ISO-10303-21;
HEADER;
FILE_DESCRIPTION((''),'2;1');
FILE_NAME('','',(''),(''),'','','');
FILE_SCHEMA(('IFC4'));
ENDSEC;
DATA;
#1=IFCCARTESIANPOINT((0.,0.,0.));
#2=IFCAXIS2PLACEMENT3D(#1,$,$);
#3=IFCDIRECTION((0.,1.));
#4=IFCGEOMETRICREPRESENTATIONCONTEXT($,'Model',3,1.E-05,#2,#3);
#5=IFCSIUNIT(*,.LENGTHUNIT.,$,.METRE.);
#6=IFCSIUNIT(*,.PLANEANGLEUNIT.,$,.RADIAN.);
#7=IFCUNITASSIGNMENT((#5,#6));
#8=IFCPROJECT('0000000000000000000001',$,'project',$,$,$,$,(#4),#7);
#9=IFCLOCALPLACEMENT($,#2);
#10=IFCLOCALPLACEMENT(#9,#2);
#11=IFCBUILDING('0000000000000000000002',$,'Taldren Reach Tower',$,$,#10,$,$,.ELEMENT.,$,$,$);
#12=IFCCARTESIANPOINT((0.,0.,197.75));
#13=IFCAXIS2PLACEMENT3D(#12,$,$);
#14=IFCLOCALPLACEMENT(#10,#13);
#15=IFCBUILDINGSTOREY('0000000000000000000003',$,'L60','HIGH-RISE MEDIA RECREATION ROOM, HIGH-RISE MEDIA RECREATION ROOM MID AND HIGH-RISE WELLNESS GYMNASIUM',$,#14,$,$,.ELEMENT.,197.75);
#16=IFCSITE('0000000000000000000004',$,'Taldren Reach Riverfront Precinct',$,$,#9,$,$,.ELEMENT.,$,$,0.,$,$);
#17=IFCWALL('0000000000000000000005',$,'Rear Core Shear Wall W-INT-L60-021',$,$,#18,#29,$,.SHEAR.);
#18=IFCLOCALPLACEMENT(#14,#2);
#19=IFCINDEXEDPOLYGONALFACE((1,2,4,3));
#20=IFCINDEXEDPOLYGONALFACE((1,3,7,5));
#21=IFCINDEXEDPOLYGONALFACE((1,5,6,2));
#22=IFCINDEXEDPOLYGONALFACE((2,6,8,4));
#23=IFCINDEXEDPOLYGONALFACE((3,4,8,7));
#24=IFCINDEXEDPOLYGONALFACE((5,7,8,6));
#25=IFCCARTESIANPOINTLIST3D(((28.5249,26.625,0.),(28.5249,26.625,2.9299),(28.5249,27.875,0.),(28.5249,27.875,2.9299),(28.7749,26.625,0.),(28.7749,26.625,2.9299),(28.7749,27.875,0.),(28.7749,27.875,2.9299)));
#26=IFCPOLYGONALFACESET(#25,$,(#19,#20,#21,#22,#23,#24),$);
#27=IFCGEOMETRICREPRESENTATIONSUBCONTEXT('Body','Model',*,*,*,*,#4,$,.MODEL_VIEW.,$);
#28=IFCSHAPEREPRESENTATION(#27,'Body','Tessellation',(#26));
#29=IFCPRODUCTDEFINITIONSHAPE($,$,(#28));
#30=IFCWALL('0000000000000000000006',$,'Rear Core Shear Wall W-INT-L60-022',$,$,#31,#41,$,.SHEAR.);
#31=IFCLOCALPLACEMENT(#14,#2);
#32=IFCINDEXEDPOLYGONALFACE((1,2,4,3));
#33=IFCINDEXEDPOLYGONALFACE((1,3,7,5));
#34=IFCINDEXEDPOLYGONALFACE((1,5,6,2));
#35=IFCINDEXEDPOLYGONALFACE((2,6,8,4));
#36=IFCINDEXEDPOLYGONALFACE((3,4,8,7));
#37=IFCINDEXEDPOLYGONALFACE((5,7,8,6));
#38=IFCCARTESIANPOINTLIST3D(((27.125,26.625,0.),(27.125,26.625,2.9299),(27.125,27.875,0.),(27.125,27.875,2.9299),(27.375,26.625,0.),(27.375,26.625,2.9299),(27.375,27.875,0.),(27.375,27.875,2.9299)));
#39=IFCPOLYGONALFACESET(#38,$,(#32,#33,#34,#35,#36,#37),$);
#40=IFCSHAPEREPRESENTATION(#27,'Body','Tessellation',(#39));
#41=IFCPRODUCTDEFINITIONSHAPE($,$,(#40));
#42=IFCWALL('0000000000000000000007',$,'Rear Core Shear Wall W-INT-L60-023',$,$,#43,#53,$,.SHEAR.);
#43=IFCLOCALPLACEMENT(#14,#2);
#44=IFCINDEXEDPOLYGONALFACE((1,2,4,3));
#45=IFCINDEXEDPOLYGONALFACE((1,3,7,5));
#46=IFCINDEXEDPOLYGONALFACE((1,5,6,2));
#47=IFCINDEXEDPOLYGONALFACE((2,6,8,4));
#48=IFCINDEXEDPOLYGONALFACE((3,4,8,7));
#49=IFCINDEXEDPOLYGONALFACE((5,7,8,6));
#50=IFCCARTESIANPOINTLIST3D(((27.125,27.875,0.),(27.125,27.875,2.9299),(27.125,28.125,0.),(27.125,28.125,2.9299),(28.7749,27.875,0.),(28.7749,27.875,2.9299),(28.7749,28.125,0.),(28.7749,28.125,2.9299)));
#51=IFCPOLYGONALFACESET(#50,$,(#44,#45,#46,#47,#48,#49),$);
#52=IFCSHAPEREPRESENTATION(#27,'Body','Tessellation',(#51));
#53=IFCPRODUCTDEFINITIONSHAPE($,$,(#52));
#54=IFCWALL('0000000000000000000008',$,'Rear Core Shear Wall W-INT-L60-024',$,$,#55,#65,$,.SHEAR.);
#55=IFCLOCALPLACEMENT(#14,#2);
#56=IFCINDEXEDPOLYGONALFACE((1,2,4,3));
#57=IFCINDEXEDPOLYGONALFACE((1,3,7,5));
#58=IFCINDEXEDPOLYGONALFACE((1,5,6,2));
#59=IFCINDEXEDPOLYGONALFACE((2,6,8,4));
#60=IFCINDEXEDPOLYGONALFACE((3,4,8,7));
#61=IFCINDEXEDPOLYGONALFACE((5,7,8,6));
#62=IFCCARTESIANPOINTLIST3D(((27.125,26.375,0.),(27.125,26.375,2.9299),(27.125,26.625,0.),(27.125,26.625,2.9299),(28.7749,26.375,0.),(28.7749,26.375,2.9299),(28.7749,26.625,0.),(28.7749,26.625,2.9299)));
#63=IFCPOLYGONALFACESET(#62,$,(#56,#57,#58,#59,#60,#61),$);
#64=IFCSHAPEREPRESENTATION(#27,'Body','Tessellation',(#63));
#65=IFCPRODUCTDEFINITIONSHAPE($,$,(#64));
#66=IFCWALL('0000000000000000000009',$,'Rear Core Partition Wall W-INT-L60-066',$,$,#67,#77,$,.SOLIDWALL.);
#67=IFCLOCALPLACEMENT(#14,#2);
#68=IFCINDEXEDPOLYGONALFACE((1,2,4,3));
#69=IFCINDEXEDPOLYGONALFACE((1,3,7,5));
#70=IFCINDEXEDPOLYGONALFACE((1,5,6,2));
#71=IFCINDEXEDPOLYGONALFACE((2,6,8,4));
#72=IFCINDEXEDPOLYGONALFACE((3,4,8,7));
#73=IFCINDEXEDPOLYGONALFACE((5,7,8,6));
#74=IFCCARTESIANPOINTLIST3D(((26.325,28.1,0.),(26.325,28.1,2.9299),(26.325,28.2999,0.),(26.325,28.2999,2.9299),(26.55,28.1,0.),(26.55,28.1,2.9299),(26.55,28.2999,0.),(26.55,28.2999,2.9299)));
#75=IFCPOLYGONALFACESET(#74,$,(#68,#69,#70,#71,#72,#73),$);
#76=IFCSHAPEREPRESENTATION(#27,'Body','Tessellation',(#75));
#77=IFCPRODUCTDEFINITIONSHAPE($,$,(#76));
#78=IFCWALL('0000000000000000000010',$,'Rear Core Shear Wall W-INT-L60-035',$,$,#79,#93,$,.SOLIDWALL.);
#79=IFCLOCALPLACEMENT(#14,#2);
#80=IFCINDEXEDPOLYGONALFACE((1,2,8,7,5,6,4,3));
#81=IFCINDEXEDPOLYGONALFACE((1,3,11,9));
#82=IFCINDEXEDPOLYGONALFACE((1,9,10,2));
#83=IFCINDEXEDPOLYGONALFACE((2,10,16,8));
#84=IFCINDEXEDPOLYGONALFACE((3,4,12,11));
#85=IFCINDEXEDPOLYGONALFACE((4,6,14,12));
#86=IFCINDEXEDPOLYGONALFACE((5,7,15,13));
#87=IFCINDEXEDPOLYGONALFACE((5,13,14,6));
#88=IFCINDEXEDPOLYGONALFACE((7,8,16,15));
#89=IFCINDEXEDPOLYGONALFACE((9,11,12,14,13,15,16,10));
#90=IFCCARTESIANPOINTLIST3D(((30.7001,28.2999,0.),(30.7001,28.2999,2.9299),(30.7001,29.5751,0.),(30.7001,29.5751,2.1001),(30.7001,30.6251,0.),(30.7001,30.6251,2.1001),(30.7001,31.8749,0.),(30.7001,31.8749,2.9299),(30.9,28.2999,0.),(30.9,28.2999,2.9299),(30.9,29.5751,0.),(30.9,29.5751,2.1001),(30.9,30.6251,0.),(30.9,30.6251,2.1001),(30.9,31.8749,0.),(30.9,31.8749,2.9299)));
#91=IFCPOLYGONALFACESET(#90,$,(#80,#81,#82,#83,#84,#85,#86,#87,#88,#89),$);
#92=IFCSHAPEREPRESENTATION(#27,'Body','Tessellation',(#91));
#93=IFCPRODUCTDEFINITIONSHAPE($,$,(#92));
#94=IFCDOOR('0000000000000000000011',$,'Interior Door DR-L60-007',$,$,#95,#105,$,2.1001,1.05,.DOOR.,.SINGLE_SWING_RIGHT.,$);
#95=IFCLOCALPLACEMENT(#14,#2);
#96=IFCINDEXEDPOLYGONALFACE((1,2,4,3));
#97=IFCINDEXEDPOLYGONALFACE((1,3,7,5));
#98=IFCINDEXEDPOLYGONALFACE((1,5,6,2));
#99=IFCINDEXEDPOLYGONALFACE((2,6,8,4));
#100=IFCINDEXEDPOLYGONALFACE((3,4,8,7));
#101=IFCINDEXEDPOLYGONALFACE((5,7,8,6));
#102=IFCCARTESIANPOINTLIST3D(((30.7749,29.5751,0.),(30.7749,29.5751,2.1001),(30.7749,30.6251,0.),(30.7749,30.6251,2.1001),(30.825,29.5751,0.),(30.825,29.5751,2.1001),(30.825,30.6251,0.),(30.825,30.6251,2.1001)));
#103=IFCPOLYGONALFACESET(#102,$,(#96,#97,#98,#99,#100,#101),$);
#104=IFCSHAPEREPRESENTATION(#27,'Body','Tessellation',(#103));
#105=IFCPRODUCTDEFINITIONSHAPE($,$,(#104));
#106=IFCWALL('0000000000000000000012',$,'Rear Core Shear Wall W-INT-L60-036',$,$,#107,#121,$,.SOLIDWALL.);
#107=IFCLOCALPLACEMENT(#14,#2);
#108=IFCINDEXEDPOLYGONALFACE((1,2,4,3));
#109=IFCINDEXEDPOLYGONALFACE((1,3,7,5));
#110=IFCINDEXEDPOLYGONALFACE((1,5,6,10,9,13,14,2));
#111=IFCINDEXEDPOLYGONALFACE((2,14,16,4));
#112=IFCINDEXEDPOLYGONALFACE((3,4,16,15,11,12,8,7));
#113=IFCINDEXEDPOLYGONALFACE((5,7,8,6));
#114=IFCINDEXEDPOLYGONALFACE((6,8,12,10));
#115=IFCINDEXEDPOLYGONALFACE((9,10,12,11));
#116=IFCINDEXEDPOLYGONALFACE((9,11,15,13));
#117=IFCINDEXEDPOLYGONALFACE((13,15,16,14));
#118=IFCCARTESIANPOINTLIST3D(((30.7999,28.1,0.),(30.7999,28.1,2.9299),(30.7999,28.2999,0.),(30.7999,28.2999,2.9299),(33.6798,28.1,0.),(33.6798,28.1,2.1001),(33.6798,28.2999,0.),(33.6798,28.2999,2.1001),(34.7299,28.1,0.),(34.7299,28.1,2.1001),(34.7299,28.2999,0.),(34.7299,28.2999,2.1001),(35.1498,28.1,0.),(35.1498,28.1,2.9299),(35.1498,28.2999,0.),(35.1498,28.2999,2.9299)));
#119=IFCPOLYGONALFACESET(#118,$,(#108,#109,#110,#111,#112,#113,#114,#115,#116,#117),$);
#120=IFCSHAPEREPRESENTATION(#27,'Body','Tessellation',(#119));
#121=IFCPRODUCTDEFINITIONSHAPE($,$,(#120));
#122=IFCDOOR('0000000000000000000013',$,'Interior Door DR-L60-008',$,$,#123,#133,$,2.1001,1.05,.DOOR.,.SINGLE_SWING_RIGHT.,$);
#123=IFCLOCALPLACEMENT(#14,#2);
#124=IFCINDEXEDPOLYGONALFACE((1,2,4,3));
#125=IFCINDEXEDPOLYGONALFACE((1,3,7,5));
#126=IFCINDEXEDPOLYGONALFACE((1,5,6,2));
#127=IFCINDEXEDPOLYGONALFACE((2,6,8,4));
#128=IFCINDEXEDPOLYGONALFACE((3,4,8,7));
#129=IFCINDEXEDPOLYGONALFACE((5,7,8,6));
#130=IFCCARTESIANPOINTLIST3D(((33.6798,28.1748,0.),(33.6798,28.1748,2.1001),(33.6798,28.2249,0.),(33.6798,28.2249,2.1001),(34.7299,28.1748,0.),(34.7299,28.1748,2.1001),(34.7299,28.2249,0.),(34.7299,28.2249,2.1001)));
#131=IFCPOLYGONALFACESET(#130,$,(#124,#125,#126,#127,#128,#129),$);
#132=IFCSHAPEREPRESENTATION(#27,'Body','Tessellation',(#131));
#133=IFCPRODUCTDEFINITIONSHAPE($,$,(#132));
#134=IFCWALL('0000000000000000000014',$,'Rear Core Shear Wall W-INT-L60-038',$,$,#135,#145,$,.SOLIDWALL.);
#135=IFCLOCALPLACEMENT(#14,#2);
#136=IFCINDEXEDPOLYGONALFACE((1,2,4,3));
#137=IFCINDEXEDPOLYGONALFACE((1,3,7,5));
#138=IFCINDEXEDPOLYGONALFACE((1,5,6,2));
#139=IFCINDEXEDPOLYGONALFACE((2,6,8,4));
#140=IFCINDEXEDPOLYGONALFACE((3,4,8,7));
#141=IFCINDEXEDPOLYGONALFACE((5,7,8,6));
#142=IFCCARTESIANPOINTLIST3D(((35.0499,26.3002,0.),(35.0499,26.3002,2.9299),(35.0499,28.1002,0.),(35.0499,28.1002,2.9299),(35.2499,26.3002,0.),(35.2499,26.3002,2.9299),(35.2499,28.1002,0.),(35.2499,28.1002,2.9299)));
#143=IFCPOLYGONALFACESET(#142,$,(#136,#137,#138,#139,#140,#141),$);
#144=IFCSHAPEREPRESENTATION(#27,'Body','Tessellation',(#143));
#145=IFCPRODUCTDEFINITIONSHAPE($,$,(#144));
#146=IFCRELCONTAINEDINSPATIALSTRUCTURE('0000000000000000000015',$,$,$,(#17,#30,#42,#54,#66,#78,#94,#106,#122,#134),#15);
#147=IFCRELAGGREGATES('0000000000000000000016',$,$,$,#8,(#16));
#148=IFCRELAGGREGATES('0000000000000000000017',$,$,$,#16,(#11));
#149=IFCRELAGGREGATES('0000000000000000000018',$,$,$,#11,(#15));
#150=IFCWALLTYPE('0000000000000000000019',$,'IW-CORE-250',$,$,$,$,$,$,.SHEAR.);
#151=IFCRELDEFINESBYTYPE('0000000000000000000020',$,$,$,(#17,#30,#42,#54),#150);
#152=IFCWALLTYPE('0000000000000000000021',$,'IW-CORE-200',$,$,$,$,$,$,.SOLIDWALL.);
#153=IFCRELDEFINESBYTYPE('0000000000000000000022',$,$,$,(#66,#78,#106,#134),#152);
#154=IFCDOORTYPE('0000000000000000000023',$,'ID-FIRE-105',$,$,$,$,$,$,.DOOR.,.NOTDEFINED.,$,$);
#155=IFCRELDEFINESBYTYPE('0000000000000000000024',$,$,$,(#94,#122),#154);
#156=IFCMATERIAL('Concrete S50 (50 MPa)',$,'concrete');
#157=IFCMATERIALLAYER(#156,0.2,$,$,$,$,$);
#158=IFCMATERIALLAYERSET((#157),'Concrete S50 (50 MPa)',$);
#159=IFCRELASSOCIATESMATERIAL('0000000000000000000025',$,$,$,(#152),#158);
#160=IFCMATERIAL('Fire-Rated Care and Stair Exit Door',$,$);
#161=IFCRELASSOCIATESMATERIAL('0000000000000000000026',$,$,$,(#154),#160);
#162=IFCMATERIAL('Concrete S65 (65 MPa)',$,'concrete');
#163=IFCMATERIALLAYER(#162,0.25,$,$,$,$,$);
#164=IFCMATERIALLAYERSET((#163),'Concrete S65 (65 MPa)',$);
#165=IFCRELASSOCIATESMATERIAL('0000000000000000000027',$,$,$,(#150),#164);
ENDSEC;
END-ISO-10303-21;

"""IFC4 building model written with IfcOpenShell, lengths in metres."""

from ifc_helpers import new_model, si_unit, direction, frame, frame_2d, origin, place, context, subcontext, project, spatial, rectangle, extrude, source, transform, mapped, material, layer, layer_set, type_object, element, fill, save


model = new_model("IFC4")

# Units and contexts
model_context = context("Model", 3, precision=1e-05, world=origin(), true_north=direction((0.0, 1.0)))
body_context = subcontext(model_context, "Body", "Model", "MODEL_VIEW")
ifc_project = project(units=[si_unit("LENGTHUNIT", "METRE"), si_unit("PLANEANGLEUNIT", "RADIAN")], contexts=[model_context])

# Site, building, storey
site_placement = place(None, origin())
site = spatial("IfcSite", under=ifc_project, at=site_placement, Name="Taldren Reach Riverfront Precinct", CompositionType="ELEMENT", RefElevation=0.0)
building_placement = place(site_placement, origin())
building = spatial("IfcBuilding", under=site, at=building_placement, Name="Taldren Reach Tower", CompositionType="ELEMENT")
storey_placement = place(building_placement, frame((0.0, 0.0, 197.75)))
storey = spatial("IfcBuildingStorey", under=building, at=storey_placement, Name="L60", Description="HIGH-RISE MEDIA RECREATION ROOM, HIGH-RISE MEDIA RECREATION ROOM MID AND HIGH-RISE WELLNESS GYMNASIUM", CompositionType="ELEMENT", Elevation=197.75)

# Shared definitions
ifc_material_1 = material(Name="Concrete S50 (50 MPa)", Category="concrete")
ifc_layer_1 = layer(ifc_material_1, 0.2)
ifc_layer_set_1 = layer_set([ifc_layer_1], Name="Concrete S50 (50 MPa)")
wall_type_1 = type_object("IfcWallType", Name="IW-CORE-200", PredefinedType="SOLIDWALL", material=ifc_layer_set_1)
shared_shape_1 = source(origin(), body_context, "Body", "SweptSolid", [
    extrude(rectangle(XDim=1.05, YDim=2.1001, at=frame_2d((0.5249, 1.05))), frame((0.0, 0.1099, 0.0), z_axis=(0.0, -1.0, 0.0), x_axis=(1.0, 0.0, 0.0)), (0.0, 0.0, 1.0), 0.22),
])
ifc_material_2 = material(Name="Fire-Rated Care and Stair Exit Door")
door_type_1 = type_object("IfcDoorType", Name="ID-FIRE-105", OperationType="NOTDEFINED", PredefinedType="DOOR", material=ifc_material_2)
shared_shape_2 = source(origin(), body_context, "Body", "SweptSolid", [
    extrude(rectangle(XDim=1.05, YDim=2.1001, at=frame_2d((0.5249, 1.05))), frame((0.0, 0.0249, 0.0), z_axis=(0.0, -1.0, 0.0), x_axis=(1.0, 0.0, 0.0)), (0.0, 0.0, 1.0), 0.05),
])

# Shared definitions
ifc_material_3 = material(Name="Concrete S65 (65 MPa)", Category="concrete")
ifc_layer_2 = layer(ifc_material_3, 0.25)
ifc_layer_set_2 = layer_set([ifc_layer_2], Name="Concrete S65 (65 MPa)")
wall_type_2 = type_object("IfcWallType", Name="IW-CORE-250", PredefinedType="SHEAR", material=ifc_layer_set_2)

# Walls
shared_shape_3 = source(origin(), body_context, "Body", "SweptSolid", [
    extrude(rectangle(XDim=1.25, YDim=0.25, at=frame_2d((0.625, 0.0))), origin(), (0.0, 0.0, 1.0), 2.9299),
])
for number, where, z_axis, x_axis, name in (
    (1, (28.6499, 26.625, 0.0), (0.0, 0.0, 1.0), (0.0, 1.0, 0.0), "Rear Core Shear Wall W-INT-L60-021"),
    (2, (27.25, 27.875, 0.0), (0.0, 0.0, 1.0), (0.0, -1.0, 0.0), "Rear Core Shear Wall W-INT-L60-022"),
):
    element("IfcWall", number, at=place(storey_placement, frame(where, z_axis=z_axis, x_axis=x_axis)), inside=storey, type_object=wall_type_2, Name=name, PredefinedType="SHEAR", context=body_context, shape_type="MappedRepresentation", body=[
        mapped(shared_shape_3, transform((0.0, 0.0, 0.0), scale=1.0)),
    ])
shared_shape_4 = source(origin(), body_context, "Body", "SweptSolid", [
    extrude(rectangle(XDim=1.6499, YDim=0.25, at=frame_2d((0.825, 0.0))), origin(), (0.0, 0.0, 1.0), 2.9299),
])
for number, where, z_axis, x_axis, name in (
    (3, (28.7749, 28.0, 0.0), (0.0, 0.0, 1.0), (-1.0, 0.0, 0.0), "Rear Core Shear Wall W-INT-L60-023"),
    (4, (27.125, 26.5, 0.0), (0.0, 0.0, 1.0), (1.0, 0.0, 0.0), "Rear Core Shear Wall W-INT-L60-024"),
):
    element("IfcWall", number, at=place(storey_placement, frame(where, z_axis=z_axis, x_axis=x_axis)), inside=storey, type_object=wall_type_2, Name=name, PredefinedType="SHEAR", context=body_context, shape_type="MappedRepresentation", body=[
        mapped(shared_shape_4, transform((0.0, 0.0, 0.0), scale=1.0)),
    ])
shared_shape_5 = source(origin(), body_context, "Body", "SweptSolid", [
    extrude(rectangle(XDim=0.2251, YDim=0.2, at=frame_2d((0.1125, 0.0))), origin(), (0.0, 0.0, 1.0), 2.9299),
])
wall_1_placement = place(storey_placement, frame((26.325, 28.2, 0.0), z_axis=(0.0, 0.0, 1.0), x_axis=(1.0, 0.0, 0.0)))
element("IfcWall", 5, at=wall_1_placement, inside=storey, type_object=wall_type_1, Name="Rear Core Partition Wall W-INT-L60-066", PredefinedType="SOLIDWALL", context=body_context, shape_type="MappedRepresentation", body=[
    mapped(shared_shape_5, transform((0.0, 0.0, 0.0), scale=1.0)),
])

# Walls, openings, doors
shared_shape_6 = source(origin(), body_context, "Body", "SweptSolid", [
    extrude(rectangle(XDim=3.575, YDim=0.2, at=frame_2d((1.7876, 0.0))), origin(), (0.0, 0.0, 1.0), 2.9299),
])
wall_2_placement = place(storey_placement, frame((30.8, 31.875, 0.0), z_axis=(0.0, 0.0, 1.0), x_axis=(0.0, -1.0, 0.0)))
wall_2 = element("IfcWall", 6, at=wall_2_placement, inside=storey, type_object=wall_type_1, Name="Rear Core Shear Wall W-INT-L60-035", PredefinedType="SOLIDWALL", context=body_context, shape_type="MappedRepresentation", body=[
    mapped(shared_shape_6, transform((0.0, 0.0, 0.0), scale=1.0)),
])
opening_1_placement = place(wall_2_placement, frame((1.25, 0.0, 0.0)))
opening_1 = element("IfcOpeningElement", 7, at=opening_1_placement, cuts=wall_2, PredefinedType="OPENING", context=body_context, shape_type="MappedRepresentation", body=[
    mapped(shared_shape_1, transform((0.0, 0.0, 0.0), scale=1.0)),
])
door_1_placement = place(opening_1_placement, origin())
door_1 = element("IfcDoor", 8, at=door_1_placement, inside=storey, type_object=door_type_1, Name="Interior Door DR-L60-007", OperationType="SINGLE_SWING_RIGHT", OverallHeight=2.1001, OverallWidth=1.05, PredefinedType="DOOR", context=body_context, shape_type="MappedRepresentation", body=[
    mapped(shared_shape_2, transform((0.0, 0.0, 0.0), scale=1.0)),
])
fill(opening_1, door_1)
shared_shape_7 = source(origin(), body_context, "Body", "SweptSolid", [
    extrude(rectangle(XDim=4.3499, YDim=0.2, at=frame_2d((2.1748, 0.0))), origin(), (0.0, 0.0, 1.0), 2.9299),
])
wall_3_placement = place(storey_placement, frame((30.8, 28.2, 0.0), z_axis=(0.0, 0.0, 1.0), x_axis=(1.0, 0.0, 0.0)))
wall_3 = element("IfcWall", 9, at=wall_3_placement, inside=storey, type_object=wall_type_1, Name="Rear Core Shear Wall W-INT-L60-036", PredefinedType="SOLIDWALL", context=body_context, shape_type="MappedRepresentation", body=[
    mapped(shared_shape_7, transform((0.0, 0.0, 0.0), scale=1.0)),
])
opening_2_placement = place(wall_3_placement, frame((2.8799, 0.0, 0.0)))
opening_2 = element("IfcOpeningElement", 10, at=opening_2_placement, cuts=wall_3, PredefinedType="OPENING", context=body_context, shape_type="MappedRepresentation", body=[
    mapped(shared_shape_1, transform((0.0, 0.0, 0.0), scale=1.0)),
])
door_2_placement = place(opening_2_placement, origin())
door_2 = element("IfcDoor", 11, at=door_2_placement, inside=storey, type_object=door_type_1, Name="Interior Door DR-L60-008", OperationType="SINGLE_SWING_RIGHT", OverallHeight=2.1001, OverallWidth=1.05, PredefinedType="DOOR", context=body_context, shape_type="MappedRepresentation", body=[
    mapped(shared_shape_2, transform((0.0, 0.0, 0.0), scale=1.0)),
])
fill(opening_2, door_2)

# Wall
shared_shape_8 = source(origin(), body_context, "Body", "SweptSolid", [
    extrude(rectangle(XDim=1.8, YDim=0.2, at=frame_2d((0.8999, 0.0))), origin(), (0.0, 0.0, 1.0), 2.9299),
])
wall_4_placement = place(storey_placement, frame((35.1499, 28.1001, 0.0), z_axis=(0.0, 0.0, 1.0), x_axis=(0.0, -1.0, 0.0)))
element("IfcWall", 12, at=wall_4_placement, inside=storey, type_object=wall_type_1, Name="Rear Core Shear Wall W-INT-L60-038", PredefinedType="SOLIDWALL", context=body_context, shape_type="MappedRepresentation", body=[
    mapped(shared_shape_8, transform((0.0, 0.0, 0.0), scale=1.0)),
])

save(model, "model.ifc")
